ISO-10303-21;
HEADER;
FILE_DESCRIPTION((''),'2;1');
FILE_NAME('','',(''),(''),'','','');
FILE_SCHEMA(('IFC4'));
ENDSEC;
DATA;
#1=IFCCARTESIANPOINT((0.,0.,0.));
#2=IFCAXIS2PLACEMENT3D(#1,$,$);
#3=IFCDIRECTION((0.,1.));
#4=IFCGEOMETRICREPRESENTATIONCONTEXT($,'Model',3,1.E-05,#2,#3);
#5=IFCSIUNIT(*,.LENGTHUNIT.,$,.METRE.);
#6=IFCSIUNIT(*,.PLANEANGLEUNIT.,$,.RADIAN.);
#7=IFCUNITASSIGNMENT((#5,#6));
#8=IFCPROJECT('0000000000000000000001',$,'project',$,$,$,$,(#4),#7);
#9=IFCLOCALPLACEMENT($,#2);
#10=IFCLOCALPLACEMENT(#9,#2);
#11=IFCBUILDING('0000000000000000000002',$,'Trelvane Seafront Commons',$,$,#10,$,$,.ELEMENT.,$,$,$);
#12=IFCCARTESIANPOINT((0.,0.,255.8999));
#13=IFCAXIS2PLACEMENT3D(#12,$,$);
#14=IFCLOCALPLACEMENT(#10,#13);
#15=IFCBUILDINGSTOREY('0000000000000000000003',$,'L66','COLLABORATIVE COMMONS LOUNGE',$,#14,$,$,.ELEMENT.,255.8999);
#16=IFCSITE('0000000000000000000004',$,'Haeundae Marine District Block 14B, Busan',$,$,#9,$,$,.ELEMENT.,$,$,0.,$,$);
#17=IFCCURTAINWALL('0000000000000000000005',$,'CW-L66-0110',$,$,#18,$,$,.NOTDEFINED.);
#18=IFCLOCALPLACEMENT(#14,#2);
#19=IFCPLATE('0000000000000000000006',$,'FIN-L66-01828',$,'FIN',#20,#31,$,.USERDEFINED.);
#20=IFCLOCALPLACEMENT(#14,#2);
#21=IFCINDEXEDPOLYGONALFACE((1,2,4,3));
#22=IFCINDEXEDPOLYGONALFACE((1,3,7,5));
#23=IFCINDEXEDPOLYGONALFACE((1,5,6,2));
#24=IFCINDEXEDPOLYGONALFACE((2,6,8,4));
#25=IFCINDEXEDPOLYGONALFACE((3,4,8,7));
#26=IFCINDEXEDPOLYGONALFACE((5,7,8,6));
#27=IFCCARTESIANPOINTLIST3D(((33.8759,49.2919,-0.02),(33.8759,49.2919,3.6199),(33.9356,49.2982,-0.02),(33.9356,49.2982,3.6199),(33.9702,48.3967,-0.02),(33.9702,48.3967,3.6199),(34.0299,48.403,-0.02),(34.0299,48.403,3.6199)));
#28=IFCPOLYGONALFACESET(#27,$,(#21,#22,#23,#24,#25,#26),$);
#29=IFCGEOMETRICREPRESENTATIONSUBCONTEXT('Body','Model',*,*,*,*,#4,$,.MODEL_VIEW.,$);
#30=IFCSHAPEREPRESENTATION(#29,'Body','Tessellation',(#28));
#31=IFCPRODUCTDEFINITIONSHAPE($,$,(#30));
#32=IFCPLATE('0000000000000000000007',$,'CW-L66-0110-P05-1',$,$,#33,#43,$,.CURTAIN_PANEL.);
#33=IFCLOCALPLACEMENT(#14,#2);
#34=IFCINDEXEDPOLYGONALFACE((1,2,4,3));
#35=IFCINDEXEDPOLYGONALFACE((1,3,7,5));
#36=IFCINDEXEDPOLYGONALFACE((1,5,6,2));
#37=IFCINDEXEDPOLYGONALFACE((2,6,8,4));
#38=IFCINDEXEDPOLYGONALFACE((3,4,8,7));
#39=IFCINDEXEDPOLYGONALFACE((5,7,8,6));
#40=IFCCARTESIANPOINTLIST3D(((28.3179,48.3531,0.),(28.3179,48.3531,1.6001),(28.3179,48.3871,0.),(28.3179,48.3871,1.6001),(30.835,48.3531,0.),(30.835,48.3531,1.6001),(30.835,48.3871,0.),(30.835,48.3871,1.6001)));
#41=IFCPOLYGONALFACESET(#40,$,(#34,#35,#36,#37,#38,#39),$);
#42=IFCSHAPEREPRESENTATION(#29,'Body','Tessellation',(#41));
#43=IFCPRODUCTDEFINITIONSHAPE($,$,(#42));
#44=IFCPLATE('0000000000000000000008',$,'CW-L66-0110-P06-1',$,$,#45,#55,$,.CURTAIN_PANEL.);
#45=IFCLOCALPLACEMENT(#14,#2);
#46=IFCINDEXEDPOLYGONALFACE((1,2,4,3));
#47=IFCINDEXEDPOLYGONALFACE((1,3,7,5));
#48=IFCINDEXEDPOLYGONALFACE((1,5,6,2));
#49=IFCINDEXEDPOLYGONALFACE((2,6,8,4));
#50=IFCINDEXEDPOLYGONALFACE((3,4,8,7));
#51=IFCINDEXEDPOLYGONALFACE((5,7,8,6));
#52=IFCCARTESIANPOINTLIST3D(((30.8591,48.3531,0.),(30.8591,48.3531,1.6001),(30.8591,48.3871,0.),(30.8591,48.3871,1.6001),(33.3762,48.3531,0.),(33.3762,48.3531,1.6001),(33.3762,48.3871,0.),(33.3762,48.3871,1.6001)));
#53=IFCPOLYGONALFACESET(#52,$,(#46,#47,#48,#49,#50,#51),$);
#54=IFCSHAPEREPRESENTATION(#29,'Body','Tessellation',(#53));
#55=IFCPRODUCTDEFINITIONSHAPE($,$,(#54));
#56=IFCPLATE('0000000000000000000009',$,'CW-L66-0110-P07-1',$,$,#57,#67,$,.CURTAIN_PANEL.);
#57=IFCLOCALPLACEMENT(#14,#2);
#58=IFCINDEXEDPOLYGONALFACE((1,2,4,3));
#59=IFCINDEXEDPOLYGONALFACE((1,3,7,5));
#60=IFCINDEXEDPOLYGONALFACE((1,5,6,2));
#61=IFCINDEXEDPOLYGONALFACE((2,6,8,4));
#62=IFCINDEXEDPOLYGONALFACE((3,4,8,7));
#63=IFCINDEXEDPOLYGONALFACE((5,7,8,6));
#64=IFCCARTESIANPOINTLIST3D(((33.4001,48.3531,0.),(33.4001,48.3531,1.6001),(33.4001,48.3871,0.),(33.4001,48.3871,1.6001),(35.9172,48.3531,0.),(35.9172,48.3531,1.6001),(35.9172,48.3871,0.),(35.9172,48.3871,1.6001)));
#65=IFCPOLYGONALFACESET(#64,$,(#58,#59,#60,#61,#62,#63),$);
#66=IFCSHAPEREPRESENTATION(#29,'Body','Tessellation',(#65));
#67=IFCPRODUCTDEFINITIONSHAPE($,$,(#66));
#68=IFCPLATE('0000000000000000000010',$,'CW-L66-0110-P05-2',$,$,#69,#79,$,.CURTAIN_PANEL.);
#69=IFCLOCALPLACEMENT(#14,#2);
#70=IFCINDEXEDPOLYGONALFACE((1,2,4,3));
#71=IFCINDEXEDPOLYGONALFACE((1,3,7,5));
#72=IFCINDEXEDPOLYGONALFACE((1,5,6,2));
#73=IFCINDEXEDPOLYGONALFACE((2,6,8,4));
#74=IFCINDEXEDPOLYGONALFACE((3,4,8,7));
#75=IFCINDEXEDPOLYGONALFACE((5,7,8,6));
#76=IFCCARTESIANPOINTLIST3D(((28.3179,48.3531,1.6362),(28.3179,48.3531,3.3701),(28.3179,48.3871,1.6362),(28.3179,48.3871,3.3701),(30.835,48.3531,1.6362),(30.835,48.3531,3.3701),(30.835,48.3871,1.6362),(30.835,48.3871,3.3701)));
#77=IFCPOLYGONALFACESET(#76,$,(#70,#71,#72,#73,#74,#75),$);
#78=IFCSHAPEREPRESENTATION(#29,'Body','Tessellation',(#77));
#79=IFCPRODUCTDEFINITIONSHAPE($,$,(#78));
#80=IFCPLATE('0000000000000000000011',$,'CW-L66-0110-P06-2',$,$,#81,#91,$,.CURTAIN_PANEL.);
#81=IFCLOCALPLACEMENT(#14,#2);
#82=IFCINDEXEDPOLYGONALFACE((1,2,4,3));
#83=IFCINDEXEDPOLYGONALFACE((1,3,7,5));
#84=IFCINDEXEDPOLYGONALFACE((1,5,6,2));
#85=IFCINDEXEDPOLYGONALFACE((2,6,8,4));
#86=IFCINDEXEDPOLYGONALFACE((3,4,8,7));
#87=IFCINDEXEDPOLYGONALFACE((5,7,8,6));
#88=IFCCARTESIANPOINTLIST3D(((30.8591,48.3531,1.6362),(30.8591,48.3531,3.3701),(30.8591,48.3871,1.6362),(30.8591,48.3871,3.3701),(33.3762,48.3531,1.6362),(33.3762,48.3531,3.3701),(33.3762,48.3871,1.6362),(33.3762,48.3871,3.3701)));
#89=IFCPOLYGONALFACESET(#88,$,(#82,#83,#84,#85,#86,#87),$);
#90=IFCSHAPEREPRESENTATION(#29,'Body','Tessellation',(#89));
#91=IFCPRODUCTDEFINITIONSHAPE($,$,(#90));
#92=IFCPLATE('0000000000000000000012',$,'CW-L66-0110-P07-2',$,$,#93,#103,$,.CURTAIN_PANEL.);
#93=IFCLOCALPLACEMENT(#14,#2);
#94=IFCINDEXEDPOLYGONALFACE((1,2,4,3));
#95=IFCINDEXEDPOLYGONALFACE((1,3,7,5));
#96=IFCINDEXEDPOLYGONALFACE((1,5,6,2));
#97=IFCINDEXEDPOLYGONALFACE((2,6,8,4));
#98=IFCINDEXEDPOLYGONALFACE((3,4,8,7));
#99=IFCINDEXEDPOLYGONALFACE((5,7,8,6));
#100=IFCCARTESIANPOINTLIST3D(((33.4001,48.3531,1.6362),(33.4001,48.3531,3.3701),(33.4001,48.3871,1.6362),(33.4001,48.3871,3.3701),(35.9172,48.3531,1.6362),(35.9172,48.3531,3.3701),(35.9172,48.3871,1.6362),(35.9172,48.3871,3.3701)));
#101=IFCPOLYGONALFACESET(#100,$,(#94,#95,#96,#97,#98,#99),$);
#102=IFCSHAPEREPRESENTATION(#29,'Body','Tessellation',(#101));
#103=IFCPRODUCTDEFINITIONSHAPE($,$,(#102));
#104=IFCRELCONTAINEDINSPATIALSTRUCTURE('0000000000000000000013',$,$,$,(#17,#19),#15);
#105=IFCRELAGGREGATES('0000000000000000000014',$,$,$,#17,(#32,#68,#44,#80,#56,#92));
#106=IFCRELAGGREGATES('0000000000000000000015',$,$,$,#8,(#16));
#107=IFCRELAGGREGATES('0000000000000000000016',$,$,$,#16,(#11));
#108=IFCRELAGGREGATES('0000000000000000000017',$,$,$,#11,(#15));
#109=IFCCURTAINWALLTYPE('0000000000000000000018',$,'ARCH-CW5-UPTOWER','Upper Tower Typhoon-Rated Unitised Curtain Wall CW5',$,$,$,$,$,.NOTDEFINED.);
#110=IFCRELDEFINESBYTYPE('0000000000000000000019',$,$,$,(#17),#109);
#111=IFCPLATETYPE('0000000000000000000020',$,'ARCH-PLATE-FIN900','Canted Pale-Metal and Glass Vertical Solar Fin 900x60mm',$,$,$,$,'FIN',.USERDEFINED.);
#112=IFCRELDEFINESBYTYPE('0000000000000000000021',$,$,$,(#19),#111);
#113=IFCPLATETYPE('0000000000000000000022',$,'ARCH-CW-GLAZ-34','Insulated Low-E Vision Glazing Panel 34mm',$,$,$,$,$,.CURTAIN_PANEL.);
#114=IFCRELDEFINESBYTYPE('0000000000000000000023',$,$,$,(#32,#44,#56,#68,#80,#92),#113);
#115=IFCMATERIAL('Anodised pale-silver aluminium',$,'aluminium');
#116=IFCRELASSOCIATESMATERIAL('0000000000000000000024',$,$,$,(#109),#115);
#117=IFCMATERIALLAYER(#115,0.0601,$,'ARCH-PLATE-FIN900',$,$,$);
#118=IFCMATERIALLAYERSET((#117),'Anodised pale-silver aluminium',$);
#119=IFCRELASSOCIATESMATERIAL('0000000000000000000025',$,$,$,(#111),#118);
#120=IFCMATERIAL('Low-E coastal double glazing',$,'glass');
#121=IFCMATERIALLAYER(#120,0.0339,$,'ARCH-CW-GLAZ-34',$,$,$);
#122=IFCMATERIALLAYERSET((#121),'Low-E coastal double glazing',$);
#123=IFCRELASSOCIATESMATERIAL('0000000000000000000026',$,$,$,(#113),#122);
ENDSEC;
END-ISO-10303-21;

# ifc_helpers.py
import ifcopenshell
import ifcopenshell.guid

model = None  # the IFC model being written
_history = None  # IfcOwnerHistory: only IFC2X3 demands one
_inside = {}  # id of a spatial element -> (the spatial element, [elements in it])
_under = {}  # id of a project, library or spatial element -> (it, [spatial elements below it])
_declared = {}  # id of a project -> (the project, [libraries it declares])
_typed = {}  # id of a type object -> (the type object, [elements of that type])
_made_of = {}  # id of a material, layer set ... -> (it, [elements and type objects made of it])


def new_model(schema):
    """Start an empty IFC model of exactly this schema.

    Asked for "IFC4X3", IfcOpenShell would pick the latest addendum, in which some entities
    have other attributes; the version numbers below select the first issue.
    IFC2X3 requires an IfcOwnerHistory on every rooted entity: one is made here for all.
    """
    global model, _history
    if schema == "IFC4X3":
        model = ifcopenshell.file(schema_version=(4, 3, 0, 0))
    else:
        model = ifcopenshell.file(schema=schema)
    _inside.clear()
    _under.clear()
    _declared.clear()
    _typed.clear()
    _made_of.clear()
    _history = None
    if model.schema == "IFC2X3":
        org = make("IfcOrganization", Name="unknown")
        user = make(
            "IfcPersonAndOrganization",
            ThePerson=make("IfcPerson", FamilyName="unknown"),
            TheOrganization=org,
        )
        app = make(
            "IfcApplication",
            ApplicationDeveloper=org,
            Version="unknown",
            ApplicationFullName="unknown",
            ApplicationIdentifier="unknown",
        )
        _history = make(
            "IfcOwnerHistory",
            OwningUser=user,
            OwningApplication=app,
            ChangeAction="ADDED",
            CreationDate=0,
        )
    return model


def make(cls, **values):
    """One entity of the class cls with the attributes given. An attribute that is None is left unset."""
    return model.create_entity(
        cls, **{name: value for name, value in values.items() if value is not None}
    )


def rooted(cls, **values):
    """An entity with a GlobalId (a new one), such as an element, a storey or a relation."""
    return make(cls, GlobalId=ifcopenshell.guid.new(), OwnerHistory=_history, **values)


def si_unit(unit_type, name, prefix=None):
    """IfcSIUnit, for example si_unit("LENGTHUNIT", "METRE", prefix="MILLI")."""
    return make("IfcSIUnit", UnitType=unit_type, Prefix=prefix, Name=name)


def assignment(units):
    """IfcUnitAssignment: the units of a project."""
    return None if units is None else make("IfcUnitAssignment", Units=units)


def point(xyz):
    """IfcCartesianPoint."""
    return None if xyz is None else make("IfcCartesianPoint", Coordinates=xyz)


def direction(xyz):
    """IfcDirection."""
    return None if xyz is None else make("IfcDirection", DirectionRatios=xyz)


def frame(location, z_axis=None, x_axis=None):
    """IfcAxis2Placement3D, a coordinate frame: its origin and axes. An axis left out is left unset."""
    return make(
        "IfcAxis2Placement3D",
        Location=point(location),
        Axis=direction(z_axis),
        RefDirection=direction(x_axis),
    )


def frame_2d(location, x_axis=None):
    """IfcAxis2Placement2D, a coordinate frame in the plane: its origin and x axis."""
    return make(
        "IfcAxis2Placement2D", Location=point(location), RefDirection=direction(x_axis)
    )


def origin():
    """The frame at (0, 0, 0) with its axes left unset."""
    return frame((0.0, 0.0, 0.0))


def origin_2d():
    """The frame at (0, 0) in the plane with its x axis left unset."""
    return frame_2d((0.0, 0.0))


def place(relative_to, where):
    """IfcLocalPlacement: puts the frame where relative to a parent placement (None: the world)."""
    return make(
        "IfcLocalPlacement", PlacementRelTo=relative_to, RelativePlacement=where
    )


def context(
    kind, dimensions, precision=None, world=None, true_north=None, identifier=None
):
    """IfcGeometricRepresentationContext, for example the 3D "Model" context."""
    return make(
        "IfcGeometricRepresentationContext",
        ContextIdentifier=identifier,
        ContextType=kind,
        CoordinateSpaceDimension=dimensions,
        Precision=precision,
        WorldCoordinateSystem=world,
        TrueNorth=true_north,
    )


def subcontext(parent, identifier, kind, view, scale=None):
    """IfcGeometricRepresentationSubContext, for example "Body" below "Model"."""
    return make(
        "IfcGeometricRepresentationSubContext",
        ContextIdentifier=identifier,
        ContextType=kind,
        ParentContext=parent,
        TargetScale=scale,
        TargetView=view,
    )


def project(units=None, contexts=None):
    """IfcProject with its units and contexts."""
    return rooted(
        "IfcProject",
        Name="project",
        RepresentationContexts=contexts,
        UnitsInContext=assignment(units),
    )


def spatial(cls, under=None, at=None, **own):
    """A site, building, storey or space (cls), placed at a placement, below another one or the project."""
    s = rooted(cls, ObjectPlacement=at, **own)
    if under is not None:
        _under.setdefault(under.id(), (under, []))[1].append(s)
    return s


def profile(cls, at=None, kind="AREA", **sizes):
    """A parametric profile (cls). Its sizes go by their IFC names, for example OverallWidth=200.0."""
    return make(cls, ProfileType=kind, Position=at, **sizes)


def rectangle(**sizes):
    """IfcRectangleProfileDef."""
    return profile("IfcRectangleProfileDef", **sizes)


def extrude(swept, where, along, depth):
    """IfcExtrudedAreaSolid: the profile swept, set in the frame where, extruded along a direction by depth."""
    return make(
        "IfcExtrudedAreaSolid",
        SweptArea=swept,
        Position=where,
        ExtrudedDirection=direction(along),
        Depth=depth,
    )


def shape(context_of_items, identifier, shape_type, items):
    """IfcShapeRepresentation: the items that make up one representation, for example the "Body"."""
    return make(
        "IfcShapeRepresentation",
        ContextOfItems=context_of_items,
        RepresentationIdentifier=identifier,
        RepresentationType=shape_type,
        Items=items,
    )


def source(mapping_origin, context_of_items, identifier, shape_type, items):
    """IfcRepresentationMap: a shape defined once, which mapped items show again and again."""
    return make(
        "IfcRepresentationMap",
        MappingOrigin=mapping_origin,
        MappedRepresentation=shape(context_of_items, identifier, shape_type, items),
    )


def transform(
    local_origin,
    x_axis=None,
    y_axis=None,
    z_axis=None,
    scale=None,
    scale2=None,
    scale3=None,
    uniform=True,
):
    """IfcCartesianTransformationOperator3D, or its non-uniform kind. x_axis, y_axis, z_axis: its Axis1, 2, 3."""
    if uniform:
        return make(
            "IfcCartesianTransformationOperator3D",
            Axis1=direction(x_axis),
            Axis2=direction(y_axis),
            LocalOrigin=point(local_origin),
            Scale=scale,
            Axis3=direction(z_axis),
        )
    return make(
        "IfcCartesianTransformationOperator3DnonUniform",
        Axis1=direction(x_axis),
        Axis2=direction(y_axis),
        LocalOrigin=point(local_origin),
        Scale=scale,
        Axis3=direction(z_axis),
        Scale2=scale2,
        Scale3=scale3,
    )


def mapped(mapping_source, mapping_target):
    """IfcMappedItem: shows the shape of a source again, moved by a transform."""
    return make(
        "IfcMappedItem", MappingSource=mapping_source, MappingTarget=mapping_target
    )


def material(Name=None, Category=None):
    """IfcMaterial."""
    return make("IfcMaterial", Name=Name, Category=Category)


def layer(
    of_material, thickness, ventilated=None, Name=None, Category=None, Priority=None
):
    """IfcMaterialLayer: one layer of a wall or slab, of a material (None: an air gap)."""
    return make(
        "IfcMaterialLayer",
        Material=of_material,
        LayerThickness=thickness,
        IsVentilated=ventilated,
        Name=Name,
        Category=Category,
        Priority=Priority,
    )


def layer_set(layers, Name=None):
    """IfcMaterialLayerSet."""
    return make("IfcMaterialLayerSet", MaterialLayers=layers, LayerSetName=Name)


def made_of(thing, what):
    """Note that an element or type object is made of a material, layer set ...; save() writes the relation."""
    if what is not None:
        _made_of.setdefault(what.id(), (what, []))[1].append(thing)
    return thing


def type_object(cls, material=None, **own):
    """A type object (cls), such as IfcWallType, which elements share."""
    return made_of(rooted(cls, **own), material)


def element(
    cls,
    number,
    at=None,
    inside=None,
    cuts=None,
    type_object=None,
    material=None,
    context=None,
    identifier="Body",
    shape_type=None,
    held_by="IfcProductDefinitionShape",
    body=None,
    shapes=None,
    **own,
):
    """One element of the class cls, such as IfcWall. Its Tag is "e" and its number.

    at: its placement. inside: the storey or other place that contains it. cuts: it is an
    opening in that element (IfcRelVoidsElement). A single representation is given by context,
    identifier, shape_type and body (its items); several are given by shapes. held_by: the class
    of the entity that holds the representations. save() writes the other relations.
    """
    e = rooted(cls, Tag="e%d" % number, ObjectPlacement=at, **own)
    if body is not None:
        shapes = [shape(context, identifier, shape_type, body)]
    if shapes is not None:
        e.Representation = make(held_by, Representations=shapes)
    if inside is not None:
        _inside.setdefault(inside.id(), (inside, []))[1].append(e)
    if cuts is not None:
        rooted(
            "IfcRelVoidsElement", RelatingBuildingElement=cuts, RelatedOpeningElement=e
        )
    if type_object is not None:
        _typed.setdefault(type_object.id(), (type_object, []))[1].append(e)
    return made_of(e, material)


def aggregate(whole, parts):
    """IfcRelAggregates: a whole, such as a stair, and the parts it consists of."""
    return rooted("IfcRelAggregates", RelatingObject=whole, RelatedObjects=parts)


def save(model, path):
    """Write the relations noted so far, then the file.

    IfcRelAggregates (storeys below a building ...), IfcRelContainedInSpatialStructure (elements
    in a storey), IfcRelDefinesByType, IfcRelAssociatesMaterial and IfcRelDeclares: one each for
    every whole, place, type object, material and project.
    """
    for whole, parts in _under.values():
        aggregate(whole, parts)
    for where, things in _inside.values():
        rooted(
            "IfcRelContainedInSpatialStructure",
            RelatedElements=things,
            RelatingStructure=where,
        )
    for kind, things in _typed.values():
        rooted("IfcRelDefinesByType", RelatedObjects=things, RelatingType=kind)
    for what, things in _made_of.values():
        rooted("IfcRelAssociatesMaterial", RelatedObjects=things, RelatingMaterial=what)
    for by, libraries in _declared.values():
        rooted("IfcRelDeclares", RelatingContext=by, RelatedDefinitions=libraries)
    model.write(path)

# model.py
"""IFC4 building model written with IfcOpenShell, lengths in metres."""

from ifc_helpers import new_model, si_unit, direction, frame, origin, origin_2d, place, context, subcontext, project, spatial, rectangle, extrude, source, transform, mapped, material, layer, layer_set, type_object, element, aggregate, save


model = new_model("IFC4")

# Units and contexts
model_context = context("Model", 3, precision=1e-05, world=origin(), true_north=direction((0.0, 1.0)))
body_context = subcontext(model_context, "Body", "Model", "MODEL_VIEW")
ifc_project = project(units=[si_unit("LENGTHUNIT", "METRE"), si_unit("PLANEANGLEUNIT", "RADIAN")], contexts=[model_context])

# Site, building, storey
site_placement = place(None, origin())
site = spatial("IfcSite", under=ifc_project, at=site_placement, Name="Haeundae Marine District Block 14B, Busan", CompositionType="ELEMENT", RefElevation=0.0)
building_placement = place(site_placement, origin())
building = spatial("IfcBuilding", under=site, at=building_placement, Name="Trelvane Seafront Commons", CompositionType="ELEMENT")
storey_placement = place(building_placement, frame((0.0, 0.0, 255.8999)))
storey = spatial("IfcBuildingStorey", under=building, at=storey_placement, Name="L66", Description="COLLABORATIVE COMMONS LOUNGE", CompositionType="ELEMENT", Elevation=255.8999)

# Curtain wall
ifc_material_1 = material(Name="Anodised pale-silver aluminium", Category="aluminium")
curtain_wall_type = type_object("IfcCurtainWallType", Name="ARCH-CW5-UPTOWER", Description="Upper Tower Typhoon-Rated Unitised Curtain Wall CW5", PredefinedType="NOTDEFINED", material=ifc_material_1)
curtain_wall_placement = place(storey_placement, origin())
curtain_wall = element("IfcCurtainWall", 1, at=curtain_wall_placement, inside=storey, type_object=curtain_wall_type, Name="CW-L66-0110", PredefinedType="NOTDEFINED")

# Plate
ifc_layer_1 = layer(ifc_material_1, 0.0601, Name="ARCH-PLATE-FIN900")
ifc_layer_set_1 = layer_set([ifc_layer_1], Name="Anodised pale-silver aluminium")
plate_type_1 = type_object("IfcPlateType", Name="ARCH-PLATE-FIN900", Description="Canted Pale-Metal and Glass Vertical Solar Fin 900x60mm", ElementType="FIN", PredefinedType="USERDEFINED", material=ifc_layer_set_1)
shared_shape_1 = source(origin(), body_context, "Body", "SweptSolid", [
    extrude(rectangle(XDim=0.9001, YDim=0.0601, at=origin_2d()), origin(), (0.0, 0.0, 1.0), 3.6399),
])
plate_1_placement = place(storey_placement, frame((33.9529, 48.8474, -0.02), z_axis=(0.0, 0.0, 1.0), x_axis=(-0.104771, 0.994496, 0.0)))
element("IfcPlate", 2, at=plate_1_placement, inside=storey, type_object=plate_type_1, Name="FIN-L66-01828", ObjectType="FIN", PredefinedType="USERDEFINED", context=body_context, shape_type="MappedRepresentation", body=[
    mapped(shared_shape_1, transform((0.0, 0.0, 0.0), x_axis=(1.0, 0.0, 0.0), y_axis=(0.0, 1.0, 0.0), z_axis=(0.0, 0.0, 1.0), scale=1.0)),
])

# Plates
ifc_material_2 = material(Name="Low-E coastal double glazing", Category="glass")
ifc_layer_2 = layer(ifc_material_2, 0.0339, Name="ARCH-CW-GLAZ-34")
ifc_layer_set_2 = layer_set([ifc_layer_2], Name="Low-E coastal double glazing")
plate_type_2 = type_object("IfcPlateType", Name="ARCH-CW-GLAZ-34", Description="Insulated Low-E Vision Glazing Panel 34mm", PredefinedType="CURTAIN_PANEL", material=ifc_layer_set_2)
shared_shape_2 = source(origin(), body_context, "Body", "SweptSolid", [
    extrude(rectangle(XDim=2.5171, YDim=0.0339, at=origin_2d()), origin(), (0.0, 0.0, 1.0), 1.6001),
])
plate_2_placement = place(storey_placement, frame((29.5764, 48.3701, 0.0), z_axis=(0.0, 0.0, 1.0), x_axis=(1.0, 0.0, 0.0)))
plate_2 = element("IfcPlate", 3, at=plate_2_placement, type_object=plate_type_2, Name="CW-L66-0110-P05-1", PredefinedType="CURTAIN_PANEL", context=body_context, shape_type="MappedRepresentation", body=[
    mapped(shared_shape_2, transform((0.0, 0.0, 0.0), x_axis=(1.0, 0.0, 0.0), y_axis=(0.0, 1.0, 0.0), z_axis=(0.0, 0.0, 1.0), scale=1.0)),
])
plate_3_placement = place(storey_placement, frame((32.1177, 48.3701, 0.0), z_axis=(0.0, 0.0, 1.0), x_axis=(1.0, 0.0, 0.0)))
plate_3 = element("IfcPlate", 4, at=plate_3_placement, type_object=plate_type_2, Name="CW-L66-0110-P06-1", PredefinedType="CURTAIN_PANEL", context=body_context, shape_type="MappedRepresentation", body=[
    mapped(shared_shape_2, transform((0.0, 0.0, 0.0), x_axis=(1.0, 0.0, 0.0), y_axis=(0.0, 1.0, 0.0), z_axis=(0.0, 0.0, 1.0), scale=1.0)),
])
plate_4_placement = place(storey_placement, frame((34.6587, 48.3701, 0.0), z_axis=(0.0, 0.0, 1.0), x_axis=(1.0, 0.0, 0.0)))
plate_4 = element("IfcPlate", 5, at=plate_4_placement, type_object=plate_type_2, Name="CW-L66-0110-P07-1", PredefinedType="CURTAIN_PANEL", context=body_context, shape_type="MappedRepresentation", body=[
    mapped(shared_shape_2, transform((0.0, 0.0, 0.0), x_axis=(1.0, 0.0, 0.0), y_axis=(0.0, 1.0, 0.0), z_axis=(0.0, 0.0, 1.0), scale=1.0)),
])
shared_shape_3 = source(origin(), body_context, "Body", "SweptSolid", [
    extrude(rectangle(XDim=2.5171, YDim=0.0339, at=origin_2d()), origin(), (0.0, 0.0, 1.0), 1.7339),
])
plate_5_placement = place(storey_placement, frame((29.5764, 48.3701, 1.6362), z_axis=(0.0, 0.0, 1.0), x_axis=(1.0, 0.0, 0.0)))
plate_5 = element("IfcPlate", 6, at=plate_5_placement, type_object=plate_type_2, Name="CW-L66-0110-P05-2", PredefinedType="CURTAIN_PANEL", context=body_context, shape_type="MappedRepresentation", body=[
    mapped(shared_shape_3, transform((0.0, 0.0, 0.0), x_axis=(1.0, 0.0, 0.0), y_axis=(0.0, 1.0, 0.0), z_axis=(0.0, 0.0, 1.0), scale=1.0)),
])
plate_6_placement = place(storey_placement, frame((32.1177, 48.3701, 1.6362), z_axis=(0.0, 0.0, 1.0), x_axis=(1.0, 0.0, 0.0)))
plate_6 = element("IfcPlate", 7, at=plate_6_placement, type_object=plate_type_2, Name="CW-L66-0110-P06-2", PredefinedType="CURTAIN_PANEL", context=body_context, shape_type="MappedRepresentation", body=[
    mapped(shared_shape_3, transform((0.0, 0.0, 0.0), x_axis=(1.0, 0.0, 0.0), y_axis=(0.0, 1.0, 0.0), z_axis=(0.0, 0.0, 1.0), scale=1.0)),
])
plate_7_placement = place(storey_placement, frame((34.6587, 48.3701, 1.6362), z_axis=(0.0, 0.0, 1.0), x_axis=(1.0, 0.0, 0.0)))
plate_7 = element("IfcPlate", 8, at=plate_7_placement, type_object=plate_type_2, Name="CW-L66-0110-P07-2", PredefinedType="CURTAIN_PANEL", context=body_context, shape_type="MappedRepresentation", body=[
    mapped(shared_shape_3, transform((0.0, 0.0, 0.0), x_axis=(1.0, 0.0, 0.0), y_axis=(0.0, 1.0, 0.0), z_axis=(0.0, 0.0, 1.0), scale=1.0)),
])
aggregate(curtain_wall, [plate_2, plate_5, plate_3, plate_6, plate_4, plate_7])

save(model, "model.ifc")
